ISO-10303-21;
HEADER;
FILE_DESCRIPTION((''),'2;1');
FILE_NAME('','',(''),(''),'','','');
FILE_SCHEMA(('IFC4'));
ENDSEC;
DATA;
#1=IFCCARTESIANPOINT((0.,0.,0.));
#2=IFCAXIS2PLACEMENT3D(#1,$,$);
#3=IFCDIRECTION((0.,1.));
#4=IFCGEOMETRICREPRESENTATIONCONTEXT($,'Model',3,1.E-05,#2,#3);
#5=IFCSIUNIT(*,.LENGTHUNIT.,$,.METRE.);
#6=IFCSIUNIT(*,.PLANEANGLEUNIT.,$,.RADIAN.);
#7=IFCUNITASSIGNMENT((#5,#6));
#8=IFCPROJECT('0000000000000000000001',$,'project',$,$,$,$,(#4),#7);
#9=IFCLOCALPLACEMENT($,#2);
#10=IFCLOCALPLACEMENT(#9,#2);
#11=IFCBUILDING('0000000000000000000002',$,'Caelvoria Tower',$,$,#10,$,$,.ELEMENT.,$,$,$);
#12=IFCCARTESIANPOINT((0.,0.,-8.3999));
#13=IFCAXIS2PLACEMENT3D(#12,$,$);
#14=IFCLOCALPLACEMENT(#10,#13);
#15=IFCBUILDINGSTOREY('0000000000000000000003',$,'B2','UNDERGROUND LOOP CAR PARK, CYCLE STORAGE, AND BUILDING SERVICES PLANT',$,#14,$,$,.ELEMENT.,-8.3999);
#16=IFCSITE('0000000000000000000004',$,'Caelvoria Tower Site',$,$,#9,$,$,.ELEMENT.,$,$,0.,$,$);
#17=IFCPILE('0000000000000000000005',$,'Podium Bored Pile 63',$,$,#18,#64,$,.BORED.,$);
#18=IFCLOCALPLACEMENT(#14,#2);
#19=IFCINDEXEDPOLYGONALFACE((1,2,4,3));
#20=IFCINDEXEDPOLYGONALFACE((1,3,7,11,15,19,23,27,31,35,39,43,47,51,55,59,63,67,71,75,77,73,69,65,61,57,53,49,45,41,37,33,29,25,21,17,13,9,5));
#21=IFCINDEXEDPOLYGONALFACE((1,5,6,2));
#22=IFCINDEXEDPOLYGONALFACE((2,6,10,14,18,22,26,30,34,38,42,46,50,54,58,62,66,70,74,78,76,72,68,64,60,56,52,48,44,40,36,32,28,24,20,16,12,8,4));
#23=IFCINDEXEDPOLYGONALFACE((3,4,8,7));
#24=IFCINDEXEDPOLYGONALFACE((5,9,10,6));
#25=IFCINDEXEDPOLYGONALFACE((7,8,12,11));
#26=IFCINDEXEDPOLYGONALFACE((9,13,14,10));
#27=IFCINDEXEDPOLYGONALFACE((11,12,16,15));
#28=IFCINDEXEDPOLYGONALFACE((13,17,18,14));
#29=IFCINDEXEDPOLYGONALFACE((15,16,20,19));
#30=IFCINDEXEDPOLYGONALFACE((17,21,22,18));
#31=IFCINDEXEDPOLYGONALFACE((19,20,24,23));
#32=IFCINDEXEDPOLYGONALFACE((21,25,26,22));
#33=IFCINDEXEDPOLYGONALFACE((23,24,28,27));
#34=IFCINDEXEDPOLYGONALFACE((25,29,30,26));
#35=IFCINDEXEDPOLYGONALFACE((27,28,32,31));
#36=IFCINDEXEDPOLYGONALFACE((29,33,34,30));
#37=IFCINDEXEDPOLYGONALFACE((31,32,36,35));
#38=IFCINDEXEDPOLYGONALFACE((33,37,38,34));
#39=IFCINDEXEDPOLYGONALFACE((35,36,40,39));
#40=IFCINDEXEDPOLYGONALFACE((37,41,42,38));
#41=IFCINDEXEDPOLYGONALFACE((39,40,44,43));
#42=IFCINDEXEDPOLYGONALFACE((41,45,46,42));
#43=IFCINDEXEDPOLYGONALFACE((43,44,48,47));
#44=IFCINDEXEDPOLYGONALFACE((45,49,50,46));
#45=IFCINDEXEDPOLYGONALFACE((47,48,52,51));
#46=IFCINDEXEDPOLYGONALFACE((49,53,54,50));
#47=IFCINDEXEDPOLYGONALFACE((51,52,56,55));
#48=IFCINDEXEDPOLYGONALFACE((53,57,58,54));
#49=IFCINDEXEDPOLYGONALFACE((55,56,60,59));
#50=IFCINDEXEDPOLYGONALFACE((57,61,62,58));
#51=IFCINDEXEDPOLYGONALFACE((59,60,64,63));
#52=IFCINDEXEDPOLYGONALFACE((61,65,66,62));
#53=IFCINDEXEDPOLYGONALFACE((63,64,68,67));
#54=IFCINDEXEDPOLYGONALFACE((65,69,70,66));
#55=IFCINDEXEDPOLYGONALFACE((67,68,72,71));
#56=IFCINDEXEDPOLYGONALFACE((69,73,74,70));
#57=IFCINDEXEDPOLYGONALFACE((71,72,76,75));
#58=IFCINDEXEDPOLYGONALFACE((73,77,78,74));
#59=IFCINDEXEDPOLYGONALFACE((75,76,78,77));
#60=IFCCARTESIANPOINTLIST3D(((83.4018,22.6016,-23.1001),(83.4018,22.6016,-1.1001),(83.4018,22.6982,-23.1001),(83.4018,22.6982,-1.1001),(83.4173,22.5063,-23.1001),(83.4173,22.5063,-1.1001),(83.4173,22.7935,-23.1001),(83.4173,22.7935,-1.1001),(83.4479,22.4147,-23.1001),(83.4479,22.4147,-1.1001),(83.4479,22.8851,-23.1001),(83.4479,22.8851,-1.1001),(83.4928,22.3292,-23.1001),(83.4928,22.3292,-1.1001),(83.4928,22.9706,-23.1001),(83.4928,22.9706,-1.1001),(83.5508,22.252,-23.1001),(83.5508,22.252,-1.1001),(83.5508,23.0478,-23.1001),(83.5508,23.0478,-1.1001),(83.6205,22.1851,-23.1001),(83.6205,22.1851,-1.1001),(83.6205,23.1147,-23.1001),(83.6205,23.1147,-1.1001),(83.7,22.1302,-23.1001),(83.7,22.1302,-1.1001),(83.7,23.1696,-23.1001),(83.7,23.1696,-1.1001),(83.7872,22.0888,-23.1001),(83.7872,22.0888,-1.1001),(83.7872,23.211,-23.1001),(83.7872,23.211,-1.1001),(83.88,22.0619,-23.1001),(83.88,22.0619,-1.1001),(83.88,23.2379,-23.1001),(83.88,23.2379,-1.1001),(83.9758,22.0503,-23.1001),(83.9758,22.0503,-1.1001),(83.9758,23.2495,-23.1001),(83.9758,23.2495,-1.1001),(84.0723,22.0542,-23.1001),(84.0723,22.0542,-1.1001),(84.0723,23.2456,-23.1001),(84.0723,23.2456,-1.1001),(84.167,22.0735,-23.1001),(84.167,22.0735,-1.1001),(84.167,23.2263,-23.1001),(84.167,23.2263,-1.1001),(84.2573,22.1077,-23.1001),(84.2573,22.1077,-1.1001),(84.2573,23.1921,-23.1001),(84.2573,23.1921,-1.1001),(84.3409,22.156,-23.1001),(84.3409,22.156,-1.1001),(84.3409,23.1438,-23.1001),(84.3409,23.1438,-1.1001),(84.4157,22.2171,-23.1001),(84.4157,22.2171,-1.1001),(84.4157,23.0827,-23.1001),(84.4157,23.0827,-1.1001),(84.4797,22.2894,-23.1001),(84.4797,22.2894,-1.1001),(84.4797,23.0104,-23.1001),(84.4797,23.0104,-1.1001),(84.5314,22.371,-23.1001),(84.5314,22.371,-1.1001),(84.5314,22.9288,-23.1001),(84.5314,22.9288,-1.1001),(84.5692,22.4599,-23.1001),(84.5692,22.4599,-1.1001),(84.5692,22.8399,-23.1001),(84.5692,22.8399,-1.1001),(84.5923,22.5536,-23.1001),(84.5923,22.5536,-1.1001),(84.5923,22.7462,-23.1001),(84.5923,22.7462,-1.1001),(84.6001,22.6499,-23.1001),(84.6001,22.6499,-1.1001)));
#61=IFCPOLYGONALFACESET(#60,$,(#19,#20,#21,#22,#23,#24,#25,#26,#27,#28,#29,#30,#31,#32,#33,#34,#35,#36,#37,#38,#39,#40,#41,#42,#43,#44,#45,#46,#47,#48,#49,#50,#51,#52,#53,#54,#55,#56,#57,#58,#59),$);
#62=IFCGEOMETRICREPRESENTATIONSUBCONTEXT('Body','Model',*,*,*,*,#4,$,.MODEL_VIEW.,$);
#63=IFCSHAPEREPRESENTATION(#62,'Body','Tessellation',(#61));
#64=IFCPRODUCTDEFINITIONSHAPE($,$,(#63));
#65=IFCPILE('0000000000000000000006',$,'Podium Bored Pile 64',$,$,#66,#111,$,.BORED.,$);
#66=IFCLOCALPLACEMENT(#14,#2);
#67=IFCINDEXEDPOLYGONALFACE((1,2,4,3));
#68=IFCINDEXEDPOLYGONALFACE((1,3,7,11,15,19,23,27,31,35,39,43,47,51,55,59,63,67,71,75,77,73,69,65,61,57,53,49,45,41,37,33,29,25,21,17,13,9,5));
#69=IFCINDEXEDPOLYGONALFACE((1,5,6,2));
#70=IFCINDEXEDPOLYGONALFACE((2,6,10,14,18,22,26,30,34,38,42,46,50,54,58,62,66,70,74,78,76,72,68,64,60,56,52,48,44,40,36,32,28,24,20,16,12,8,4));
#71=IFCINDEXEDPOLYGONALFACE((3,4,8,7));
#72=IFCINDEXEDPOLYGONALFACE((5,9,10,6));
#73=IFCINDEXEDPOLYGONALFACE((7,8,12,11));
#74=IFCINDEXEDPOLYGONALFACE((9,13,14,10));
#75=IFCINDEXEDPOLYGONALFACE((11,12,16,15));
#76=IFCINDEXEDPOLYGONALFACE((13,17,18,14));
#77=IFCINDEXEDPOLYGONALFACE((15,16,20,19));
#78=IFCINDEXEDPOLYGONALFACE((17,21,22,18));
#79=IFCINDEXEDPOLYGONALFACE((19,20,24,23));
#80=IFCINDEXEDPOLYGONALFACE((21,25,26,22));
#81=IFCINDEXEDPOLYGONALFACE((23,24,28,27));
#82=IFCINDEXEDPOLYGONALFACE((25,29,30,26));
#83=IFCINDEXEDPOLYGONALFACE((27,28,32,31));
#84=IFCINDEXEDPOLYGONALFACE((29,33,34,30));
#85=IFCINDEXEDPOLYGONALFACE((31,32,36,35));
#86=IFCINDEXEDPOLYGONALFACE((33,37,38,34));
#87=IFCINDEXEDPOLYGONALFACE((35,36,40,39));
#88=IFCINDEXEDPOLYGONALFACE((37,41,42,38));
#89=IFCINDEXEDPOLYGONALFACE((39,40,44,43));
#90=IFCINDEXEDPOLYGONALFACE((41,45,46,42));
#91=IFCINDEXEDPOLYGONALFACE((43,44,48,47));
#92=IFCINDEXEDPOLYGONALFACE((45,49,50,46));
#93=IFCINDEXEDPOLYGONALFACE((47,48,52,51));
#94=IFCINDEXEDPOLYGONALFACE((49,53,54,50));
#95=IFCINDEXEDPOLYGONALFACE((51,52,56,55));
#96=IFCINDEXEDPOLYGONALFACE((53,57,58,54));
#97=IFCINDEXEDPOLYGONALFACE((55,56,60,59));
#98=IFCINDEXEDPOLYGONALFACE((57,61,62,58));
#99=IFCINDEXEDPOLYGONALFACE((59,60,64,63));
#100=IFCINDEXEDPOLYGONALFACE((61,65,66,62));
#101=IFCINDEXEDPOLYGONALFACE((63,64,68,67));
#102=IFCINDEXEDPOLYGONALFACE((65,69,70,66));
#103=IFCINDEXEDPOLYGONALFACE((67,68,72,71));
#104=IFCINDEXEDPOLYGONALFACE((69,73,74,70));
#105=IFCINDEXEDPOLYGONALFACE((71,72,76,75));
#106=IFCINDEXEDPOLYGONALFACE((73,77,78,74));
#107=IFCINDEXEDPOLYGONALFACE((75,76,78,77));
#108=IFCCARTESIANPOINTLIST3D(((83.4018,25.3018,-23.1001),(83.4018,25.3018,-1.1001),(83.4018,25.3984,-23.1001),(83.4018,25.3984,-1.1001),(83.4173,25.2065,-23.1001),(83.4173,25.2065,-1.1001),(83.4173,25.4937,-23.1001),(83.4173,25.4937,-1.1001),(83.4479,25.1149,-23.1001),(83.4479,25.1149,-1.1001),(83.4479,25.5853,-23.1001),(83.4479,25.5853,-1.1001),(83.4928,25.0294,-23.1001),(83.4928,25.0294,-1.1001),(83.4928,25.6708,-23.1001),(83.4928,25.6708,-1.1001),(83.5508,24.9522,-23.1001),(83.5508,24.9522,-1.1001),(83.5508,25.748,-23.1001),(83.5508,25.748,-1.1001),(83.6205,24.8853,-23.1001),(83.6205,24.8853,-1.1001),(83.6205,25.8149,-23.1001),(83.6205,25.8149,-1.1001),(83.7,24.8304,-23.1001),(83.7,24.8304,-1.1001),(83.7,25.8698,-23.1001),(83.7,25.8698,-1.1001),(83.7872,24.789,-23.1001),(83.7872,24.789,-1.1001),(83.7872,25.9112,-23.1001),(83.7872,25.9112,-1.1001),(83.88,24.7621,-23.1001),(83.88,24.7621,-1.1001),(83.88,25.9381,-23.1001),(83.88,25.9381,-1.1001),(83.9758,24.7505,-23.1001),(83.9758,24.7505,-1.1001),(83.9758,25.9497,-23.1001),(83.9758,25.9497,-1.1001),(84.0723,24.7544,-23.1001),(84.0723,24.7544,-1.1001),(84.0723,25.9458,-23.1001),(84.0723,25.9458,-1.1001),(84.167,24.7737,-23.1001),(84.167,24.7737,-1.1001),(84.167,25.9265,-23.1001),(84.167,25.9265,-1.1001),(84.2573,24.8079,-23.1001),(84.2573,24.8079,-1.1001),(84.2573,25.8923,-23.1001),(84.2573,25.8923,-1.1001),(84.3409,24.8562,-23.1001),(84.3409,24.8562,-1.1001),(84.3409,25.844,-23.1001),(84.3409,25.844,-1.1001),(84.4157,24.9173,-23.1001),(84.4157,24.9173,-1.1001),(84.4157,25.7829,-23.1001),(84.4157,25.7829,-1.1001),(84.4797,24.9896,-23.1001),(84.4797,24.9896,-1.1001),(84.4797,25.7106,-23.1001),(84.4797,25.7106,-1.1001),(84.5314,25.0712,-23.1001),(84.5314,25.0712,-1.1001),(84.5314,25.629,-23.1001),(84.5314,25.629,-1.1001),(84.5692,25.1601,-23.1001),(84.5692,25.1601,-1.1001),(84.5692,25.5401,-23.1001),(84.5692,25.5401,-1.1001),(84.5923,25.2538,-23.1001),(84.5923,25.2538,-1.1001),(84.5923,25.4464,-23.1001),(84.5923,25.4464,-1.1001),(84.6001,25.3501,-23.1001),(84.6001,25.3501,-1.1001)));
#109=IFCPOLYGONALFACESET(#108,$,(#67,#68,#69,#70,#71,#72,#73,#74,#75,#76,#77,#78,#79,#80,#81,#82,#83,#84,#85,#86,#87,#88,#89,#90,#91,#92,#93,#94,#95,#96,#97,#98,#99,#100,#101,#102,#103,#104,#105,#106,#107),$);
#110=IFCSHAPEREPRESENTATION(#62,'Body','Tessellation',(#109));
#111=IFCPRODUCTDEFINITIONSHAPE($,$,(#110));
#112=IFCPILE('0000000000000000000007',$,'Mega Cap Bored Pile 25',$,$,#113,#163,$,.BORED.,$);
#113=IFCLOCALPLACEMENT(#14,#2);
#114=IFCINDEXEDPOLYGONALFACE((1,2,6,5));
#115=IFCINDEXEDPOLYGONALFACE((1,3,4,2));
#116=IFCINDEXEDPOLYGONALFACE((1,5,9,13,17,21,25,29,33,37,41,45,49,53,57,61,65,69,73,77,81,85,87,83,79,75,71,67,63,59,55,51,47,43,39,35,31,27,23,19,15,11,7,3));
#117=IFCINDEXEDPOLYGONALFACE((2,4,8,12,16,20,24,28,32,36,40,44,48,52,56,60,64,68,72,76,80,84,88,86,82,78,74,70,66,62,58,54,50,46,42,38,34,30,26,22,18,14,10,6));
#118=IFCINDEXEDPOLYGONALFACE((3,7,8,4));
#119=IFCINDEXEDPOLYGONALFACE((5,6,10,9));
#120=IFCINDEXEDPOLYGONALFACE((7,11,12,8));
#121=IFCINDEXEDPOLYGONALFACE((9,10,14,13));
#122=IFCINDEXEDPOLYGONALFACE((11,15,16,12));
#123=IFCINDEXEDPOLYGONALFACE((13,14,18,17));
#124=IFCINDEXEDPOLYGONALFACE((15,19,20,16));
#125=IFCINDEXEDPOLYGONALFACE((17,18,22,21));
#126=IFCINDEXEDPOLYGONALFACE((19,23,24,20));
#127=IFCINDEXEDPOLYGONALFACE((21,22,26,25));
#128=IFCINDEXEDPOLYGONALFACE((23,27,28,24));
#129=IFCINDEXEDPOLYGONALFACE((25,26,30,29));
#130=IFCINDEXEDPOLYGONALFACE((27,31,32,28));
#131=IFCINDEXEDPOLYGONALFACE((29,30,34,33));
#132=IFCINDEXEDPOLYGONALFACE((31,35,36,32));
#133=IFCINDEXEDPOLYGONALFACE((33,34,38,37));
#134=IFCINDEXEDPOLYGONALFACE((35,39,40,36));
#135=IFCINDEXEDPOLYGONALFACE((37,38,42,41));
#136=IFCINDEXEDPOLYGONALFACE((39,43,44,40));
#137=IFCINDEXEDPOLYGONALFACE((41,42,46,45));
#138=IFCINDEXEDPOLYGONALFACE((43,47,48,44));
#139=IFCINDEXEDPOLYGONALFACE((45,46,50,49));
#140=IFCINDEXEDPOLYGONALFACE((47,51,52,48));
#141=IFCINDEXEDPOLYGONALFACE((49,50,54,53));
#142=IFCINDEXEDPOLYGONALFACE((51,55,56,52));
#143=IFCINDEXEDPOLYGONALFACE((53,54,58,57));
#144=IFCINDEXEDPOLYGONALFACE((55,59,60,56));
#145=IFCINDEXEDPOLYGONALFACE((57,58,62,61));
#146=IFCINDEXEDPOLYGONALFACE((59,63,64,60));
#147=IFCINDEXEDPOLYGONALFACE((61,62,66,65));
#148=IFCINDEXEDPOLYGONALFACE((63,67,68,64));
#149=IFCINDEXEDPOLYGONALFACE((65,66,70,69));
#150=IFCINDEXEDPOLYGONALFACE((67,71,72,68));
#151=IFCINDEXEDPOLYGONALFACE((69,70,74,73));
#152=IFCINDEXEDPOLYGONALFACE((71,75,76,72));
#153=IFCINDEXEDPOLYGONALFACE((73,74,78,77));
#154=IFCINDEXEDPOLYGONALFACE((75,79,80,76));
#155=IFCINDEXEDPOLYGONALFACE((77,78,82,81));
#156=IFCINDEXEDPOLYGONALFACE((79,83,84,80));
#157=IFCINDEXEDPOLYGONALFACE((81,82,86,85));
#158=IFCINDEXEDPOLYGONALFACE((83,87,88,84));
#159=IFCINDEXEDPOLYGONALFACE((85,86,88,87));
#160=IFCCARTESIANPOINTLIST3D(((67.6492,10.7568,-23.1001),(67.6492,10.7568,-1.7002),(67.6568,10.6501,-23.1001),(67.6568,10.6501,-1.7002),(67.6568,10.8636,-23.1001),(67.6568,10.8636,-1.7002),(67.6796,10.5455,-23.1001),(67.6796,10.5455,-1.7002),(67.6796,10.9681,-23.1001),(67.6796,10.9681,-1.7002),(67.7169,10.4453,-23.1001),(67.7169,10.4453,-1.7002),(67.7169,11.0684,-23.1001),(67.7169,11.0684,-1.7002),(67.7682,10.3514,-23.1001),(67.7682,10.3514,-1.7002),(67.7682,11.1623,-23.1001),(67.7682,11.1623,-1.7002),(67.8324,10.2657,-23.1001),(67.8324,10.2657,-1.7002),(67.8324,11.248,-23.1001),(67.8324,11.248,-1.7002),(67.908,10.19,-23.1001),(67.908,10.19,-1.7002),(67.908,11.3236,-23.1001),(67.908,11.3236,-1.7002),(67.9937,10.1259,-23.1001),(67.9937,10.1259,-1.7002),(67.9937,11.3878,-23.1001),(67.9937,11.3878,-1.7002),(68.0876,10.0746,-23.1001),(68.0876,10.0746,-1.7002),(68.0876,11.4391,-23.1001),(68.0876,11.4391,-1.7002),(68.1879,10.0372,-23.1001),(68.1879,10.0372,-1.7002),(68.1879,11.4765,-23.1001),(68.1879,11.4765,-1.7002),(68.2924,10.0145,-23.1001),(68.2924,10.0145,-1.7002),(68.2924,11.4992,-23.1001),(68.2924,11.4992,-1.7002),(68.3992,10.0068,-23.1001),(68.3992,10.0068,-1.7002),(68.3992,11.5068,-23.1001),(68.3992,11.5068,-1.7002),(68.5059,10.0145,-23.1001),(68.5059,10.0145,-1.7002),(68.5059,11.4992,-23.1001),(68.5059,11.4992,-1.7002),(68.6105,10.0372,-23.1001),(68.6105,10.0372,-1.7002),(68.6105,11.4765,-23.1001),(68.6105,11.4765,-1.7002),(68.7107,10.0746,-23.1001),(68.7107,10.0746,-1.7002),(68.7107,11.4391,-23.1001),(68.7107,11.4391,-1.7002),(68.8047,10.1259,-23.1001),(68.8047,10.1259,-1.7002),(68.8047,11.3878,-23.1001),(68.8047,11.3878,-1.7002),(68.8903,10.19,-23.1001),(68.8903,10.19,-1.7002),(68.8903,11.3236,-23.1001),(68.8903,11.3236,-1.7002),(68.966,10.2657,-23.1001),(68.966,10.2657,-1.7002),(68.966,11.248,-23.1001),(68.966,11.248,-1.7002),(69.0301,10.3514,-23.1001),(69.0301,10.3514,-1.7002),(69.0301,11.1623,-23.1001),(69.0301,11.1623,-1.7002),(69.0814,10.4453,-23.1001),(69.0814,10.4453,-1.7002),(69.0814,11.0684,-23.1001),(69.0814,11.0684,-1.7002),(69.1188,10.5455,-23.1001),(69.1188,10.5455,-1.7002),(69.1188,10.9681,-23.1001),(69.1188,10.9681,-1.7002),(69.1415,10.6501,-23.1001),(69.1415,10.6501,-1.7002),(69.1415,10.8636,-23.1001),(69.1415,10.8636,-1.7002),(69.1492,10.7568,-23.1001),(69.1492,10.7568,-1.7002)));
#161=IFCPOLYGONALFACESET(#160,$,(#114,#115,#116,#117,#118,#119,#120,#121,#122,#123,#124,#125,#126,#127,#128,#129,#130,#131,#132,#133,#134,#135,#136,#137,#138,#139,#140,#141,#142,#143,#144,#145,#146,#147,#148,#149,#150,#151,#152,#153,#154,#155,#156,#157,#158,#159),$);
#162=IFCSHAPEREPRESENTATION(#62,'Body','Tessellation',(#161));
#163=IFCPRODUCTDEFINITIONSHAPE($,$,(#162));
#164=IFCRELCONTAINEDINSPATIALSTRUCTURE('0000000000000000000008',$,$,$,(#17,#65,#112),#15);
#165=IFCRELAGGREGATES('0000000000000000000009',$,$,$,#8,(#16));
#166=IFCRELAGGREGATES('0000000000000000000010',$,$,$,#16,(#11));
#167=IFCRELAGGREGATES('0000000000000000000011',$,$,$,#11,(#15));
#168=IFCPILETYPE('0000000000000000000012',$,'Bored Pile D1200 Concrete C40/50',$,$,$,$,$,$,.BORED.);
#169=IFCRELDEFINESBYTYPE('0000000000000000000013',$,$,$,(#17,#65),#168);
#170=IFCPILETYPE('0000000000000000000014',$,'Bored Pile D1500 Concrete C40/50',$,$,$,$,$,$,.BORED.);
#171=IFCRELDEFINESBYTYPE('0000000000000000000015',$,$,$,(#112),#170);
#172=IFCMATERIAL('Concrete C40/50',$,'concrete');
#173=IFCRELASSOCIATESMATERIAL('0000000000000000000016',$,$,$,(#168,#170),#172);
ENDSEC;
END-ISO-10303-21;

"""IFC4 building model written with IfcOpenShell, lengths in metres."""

from ifc_helpers import new_model, si_unit, direction, frame, origin, origin_2d, place, context, subcontext, project, spatial, circle, extrude, material, material_profile, profile_set, type_object, element, save


model = new_model("IFC4")

# Units and contexts
model_context = context("Model", 3, precision=1e-05, world=origin(), true_north=direction((0.0, 1.0)))
body_context = subcontext(model_context, "Body", "Model", "MODEL_VIEW")
ifc_project = project(units=[si_unit("LENGTHUNIT", "METRE"), si_unit("PLANEANGLEUNIT", "RADIAN")], contexts=[model_context])

# Site, building, storey
site_placement = place(None, origin())
site = spatial("IfcSite", under=ifc_project, at=site_placement, Name="Caelvoria Tower Site", CompositionType="ELEMENT", RefElevation=0.0)
building_placement = place(site_placement, origin())
building = spatial("IfcBuilding", under=site, at=building_placement, Name="Caelvoria Tower", CompositionType="ELEMENT")
storey_placement = place(building_placement, frame((0.0, 0.0, -8.3999)))
storey = spatial("IfcBuildingStorey", under=building, at=storey_placement, Name="B2", Description="UNDERGROUND LOOP CAR PARK, CYCLE STORAGE, AND BUILDING SERVICES PLANT", CompositionType="ELEMENT", Elevation=-8.3999)

# Piles
ifc_material_1 = material(Name="Concrete C40/50", Category="concrete")
ifc_material_profile_1 = material_profile(ifc_material_1, circle(Radius=0.6001, at=origin_2d()), Name="Concrete C40/50")
ifc_profile_set_1 = profile_set([ifc_material_profile_1], Name="PILE_D1200 - Concrete C40/50")
pile_type_1 = type_object("IfcPileType", Name="Bored Pile D1200 Concrete C40/50", PredefinedType="BORED", material=ifc_profile_set_1)
for number, where, z_axis, x_axis, name in (
    (1, (84.0, 22.6499, -1.1001), (0.0, 0.0, -1.0), (1.0, 0.0, 0.0), "Podium Bored Pile 63"),
    (2, (84.0, 25.3501, -1.1001), (0.0, 0.0, -1.0), (1.0, 0.0, 0.0), "Podium Bored Pile 64"),
):
    element("IfcPile", number, at=place(storey_placement, frame(where, z_axis=z_axis, x_axis=x_axis)), inside=storey, type_object=pile_type_1, Name=name, PredefinedType="BORED", context=body_context, shape_type="SweptSolid", body=[
        extrude(circle(Radius=0.6001, at=origin_2d()), origin(), (0.0, 0.0, 1.0), 22.0),
    ])
ifc_material_profile_2 = material_profile(ifc_material_1, circle(Radius=0.75, at=origin_2d()), Name="Concrete C40/50")
ifc_profile_set_2 = profile_set([ifc_material_profile_2], Name="PILE_D1500 - Concrete C40/50")
pile_type_2 = type_object("IfcPileType", Name="Bored Pile D1500 Concrete C40/50", PredefinedType="BORED", material=ifc_profile_set_2)
for number, where, z_axis, x_axis, name in (
    (3, (68.3992, 10.7568, -1.7002), (0.0, 0.0, -1.0), (1.0, 0.0, 0.0), "Mega Cap Bored Pile 25"),
):
    element("IfcPile", number, at=place(storey_placement, frame(where, z_axis=z_axis, x_axis=x_axis)), inside=storey, type_object=pile_type_2, Name=name, PredefinedType="BORED", context=body_context, shape_type="SweptSolid", body=[
        extrude(circle(Radius=0.75, at=origin_2d()), origin(), (0.0, 0.0, 1.0), 21.3999),
    ])

save(model, "model.ifc")
